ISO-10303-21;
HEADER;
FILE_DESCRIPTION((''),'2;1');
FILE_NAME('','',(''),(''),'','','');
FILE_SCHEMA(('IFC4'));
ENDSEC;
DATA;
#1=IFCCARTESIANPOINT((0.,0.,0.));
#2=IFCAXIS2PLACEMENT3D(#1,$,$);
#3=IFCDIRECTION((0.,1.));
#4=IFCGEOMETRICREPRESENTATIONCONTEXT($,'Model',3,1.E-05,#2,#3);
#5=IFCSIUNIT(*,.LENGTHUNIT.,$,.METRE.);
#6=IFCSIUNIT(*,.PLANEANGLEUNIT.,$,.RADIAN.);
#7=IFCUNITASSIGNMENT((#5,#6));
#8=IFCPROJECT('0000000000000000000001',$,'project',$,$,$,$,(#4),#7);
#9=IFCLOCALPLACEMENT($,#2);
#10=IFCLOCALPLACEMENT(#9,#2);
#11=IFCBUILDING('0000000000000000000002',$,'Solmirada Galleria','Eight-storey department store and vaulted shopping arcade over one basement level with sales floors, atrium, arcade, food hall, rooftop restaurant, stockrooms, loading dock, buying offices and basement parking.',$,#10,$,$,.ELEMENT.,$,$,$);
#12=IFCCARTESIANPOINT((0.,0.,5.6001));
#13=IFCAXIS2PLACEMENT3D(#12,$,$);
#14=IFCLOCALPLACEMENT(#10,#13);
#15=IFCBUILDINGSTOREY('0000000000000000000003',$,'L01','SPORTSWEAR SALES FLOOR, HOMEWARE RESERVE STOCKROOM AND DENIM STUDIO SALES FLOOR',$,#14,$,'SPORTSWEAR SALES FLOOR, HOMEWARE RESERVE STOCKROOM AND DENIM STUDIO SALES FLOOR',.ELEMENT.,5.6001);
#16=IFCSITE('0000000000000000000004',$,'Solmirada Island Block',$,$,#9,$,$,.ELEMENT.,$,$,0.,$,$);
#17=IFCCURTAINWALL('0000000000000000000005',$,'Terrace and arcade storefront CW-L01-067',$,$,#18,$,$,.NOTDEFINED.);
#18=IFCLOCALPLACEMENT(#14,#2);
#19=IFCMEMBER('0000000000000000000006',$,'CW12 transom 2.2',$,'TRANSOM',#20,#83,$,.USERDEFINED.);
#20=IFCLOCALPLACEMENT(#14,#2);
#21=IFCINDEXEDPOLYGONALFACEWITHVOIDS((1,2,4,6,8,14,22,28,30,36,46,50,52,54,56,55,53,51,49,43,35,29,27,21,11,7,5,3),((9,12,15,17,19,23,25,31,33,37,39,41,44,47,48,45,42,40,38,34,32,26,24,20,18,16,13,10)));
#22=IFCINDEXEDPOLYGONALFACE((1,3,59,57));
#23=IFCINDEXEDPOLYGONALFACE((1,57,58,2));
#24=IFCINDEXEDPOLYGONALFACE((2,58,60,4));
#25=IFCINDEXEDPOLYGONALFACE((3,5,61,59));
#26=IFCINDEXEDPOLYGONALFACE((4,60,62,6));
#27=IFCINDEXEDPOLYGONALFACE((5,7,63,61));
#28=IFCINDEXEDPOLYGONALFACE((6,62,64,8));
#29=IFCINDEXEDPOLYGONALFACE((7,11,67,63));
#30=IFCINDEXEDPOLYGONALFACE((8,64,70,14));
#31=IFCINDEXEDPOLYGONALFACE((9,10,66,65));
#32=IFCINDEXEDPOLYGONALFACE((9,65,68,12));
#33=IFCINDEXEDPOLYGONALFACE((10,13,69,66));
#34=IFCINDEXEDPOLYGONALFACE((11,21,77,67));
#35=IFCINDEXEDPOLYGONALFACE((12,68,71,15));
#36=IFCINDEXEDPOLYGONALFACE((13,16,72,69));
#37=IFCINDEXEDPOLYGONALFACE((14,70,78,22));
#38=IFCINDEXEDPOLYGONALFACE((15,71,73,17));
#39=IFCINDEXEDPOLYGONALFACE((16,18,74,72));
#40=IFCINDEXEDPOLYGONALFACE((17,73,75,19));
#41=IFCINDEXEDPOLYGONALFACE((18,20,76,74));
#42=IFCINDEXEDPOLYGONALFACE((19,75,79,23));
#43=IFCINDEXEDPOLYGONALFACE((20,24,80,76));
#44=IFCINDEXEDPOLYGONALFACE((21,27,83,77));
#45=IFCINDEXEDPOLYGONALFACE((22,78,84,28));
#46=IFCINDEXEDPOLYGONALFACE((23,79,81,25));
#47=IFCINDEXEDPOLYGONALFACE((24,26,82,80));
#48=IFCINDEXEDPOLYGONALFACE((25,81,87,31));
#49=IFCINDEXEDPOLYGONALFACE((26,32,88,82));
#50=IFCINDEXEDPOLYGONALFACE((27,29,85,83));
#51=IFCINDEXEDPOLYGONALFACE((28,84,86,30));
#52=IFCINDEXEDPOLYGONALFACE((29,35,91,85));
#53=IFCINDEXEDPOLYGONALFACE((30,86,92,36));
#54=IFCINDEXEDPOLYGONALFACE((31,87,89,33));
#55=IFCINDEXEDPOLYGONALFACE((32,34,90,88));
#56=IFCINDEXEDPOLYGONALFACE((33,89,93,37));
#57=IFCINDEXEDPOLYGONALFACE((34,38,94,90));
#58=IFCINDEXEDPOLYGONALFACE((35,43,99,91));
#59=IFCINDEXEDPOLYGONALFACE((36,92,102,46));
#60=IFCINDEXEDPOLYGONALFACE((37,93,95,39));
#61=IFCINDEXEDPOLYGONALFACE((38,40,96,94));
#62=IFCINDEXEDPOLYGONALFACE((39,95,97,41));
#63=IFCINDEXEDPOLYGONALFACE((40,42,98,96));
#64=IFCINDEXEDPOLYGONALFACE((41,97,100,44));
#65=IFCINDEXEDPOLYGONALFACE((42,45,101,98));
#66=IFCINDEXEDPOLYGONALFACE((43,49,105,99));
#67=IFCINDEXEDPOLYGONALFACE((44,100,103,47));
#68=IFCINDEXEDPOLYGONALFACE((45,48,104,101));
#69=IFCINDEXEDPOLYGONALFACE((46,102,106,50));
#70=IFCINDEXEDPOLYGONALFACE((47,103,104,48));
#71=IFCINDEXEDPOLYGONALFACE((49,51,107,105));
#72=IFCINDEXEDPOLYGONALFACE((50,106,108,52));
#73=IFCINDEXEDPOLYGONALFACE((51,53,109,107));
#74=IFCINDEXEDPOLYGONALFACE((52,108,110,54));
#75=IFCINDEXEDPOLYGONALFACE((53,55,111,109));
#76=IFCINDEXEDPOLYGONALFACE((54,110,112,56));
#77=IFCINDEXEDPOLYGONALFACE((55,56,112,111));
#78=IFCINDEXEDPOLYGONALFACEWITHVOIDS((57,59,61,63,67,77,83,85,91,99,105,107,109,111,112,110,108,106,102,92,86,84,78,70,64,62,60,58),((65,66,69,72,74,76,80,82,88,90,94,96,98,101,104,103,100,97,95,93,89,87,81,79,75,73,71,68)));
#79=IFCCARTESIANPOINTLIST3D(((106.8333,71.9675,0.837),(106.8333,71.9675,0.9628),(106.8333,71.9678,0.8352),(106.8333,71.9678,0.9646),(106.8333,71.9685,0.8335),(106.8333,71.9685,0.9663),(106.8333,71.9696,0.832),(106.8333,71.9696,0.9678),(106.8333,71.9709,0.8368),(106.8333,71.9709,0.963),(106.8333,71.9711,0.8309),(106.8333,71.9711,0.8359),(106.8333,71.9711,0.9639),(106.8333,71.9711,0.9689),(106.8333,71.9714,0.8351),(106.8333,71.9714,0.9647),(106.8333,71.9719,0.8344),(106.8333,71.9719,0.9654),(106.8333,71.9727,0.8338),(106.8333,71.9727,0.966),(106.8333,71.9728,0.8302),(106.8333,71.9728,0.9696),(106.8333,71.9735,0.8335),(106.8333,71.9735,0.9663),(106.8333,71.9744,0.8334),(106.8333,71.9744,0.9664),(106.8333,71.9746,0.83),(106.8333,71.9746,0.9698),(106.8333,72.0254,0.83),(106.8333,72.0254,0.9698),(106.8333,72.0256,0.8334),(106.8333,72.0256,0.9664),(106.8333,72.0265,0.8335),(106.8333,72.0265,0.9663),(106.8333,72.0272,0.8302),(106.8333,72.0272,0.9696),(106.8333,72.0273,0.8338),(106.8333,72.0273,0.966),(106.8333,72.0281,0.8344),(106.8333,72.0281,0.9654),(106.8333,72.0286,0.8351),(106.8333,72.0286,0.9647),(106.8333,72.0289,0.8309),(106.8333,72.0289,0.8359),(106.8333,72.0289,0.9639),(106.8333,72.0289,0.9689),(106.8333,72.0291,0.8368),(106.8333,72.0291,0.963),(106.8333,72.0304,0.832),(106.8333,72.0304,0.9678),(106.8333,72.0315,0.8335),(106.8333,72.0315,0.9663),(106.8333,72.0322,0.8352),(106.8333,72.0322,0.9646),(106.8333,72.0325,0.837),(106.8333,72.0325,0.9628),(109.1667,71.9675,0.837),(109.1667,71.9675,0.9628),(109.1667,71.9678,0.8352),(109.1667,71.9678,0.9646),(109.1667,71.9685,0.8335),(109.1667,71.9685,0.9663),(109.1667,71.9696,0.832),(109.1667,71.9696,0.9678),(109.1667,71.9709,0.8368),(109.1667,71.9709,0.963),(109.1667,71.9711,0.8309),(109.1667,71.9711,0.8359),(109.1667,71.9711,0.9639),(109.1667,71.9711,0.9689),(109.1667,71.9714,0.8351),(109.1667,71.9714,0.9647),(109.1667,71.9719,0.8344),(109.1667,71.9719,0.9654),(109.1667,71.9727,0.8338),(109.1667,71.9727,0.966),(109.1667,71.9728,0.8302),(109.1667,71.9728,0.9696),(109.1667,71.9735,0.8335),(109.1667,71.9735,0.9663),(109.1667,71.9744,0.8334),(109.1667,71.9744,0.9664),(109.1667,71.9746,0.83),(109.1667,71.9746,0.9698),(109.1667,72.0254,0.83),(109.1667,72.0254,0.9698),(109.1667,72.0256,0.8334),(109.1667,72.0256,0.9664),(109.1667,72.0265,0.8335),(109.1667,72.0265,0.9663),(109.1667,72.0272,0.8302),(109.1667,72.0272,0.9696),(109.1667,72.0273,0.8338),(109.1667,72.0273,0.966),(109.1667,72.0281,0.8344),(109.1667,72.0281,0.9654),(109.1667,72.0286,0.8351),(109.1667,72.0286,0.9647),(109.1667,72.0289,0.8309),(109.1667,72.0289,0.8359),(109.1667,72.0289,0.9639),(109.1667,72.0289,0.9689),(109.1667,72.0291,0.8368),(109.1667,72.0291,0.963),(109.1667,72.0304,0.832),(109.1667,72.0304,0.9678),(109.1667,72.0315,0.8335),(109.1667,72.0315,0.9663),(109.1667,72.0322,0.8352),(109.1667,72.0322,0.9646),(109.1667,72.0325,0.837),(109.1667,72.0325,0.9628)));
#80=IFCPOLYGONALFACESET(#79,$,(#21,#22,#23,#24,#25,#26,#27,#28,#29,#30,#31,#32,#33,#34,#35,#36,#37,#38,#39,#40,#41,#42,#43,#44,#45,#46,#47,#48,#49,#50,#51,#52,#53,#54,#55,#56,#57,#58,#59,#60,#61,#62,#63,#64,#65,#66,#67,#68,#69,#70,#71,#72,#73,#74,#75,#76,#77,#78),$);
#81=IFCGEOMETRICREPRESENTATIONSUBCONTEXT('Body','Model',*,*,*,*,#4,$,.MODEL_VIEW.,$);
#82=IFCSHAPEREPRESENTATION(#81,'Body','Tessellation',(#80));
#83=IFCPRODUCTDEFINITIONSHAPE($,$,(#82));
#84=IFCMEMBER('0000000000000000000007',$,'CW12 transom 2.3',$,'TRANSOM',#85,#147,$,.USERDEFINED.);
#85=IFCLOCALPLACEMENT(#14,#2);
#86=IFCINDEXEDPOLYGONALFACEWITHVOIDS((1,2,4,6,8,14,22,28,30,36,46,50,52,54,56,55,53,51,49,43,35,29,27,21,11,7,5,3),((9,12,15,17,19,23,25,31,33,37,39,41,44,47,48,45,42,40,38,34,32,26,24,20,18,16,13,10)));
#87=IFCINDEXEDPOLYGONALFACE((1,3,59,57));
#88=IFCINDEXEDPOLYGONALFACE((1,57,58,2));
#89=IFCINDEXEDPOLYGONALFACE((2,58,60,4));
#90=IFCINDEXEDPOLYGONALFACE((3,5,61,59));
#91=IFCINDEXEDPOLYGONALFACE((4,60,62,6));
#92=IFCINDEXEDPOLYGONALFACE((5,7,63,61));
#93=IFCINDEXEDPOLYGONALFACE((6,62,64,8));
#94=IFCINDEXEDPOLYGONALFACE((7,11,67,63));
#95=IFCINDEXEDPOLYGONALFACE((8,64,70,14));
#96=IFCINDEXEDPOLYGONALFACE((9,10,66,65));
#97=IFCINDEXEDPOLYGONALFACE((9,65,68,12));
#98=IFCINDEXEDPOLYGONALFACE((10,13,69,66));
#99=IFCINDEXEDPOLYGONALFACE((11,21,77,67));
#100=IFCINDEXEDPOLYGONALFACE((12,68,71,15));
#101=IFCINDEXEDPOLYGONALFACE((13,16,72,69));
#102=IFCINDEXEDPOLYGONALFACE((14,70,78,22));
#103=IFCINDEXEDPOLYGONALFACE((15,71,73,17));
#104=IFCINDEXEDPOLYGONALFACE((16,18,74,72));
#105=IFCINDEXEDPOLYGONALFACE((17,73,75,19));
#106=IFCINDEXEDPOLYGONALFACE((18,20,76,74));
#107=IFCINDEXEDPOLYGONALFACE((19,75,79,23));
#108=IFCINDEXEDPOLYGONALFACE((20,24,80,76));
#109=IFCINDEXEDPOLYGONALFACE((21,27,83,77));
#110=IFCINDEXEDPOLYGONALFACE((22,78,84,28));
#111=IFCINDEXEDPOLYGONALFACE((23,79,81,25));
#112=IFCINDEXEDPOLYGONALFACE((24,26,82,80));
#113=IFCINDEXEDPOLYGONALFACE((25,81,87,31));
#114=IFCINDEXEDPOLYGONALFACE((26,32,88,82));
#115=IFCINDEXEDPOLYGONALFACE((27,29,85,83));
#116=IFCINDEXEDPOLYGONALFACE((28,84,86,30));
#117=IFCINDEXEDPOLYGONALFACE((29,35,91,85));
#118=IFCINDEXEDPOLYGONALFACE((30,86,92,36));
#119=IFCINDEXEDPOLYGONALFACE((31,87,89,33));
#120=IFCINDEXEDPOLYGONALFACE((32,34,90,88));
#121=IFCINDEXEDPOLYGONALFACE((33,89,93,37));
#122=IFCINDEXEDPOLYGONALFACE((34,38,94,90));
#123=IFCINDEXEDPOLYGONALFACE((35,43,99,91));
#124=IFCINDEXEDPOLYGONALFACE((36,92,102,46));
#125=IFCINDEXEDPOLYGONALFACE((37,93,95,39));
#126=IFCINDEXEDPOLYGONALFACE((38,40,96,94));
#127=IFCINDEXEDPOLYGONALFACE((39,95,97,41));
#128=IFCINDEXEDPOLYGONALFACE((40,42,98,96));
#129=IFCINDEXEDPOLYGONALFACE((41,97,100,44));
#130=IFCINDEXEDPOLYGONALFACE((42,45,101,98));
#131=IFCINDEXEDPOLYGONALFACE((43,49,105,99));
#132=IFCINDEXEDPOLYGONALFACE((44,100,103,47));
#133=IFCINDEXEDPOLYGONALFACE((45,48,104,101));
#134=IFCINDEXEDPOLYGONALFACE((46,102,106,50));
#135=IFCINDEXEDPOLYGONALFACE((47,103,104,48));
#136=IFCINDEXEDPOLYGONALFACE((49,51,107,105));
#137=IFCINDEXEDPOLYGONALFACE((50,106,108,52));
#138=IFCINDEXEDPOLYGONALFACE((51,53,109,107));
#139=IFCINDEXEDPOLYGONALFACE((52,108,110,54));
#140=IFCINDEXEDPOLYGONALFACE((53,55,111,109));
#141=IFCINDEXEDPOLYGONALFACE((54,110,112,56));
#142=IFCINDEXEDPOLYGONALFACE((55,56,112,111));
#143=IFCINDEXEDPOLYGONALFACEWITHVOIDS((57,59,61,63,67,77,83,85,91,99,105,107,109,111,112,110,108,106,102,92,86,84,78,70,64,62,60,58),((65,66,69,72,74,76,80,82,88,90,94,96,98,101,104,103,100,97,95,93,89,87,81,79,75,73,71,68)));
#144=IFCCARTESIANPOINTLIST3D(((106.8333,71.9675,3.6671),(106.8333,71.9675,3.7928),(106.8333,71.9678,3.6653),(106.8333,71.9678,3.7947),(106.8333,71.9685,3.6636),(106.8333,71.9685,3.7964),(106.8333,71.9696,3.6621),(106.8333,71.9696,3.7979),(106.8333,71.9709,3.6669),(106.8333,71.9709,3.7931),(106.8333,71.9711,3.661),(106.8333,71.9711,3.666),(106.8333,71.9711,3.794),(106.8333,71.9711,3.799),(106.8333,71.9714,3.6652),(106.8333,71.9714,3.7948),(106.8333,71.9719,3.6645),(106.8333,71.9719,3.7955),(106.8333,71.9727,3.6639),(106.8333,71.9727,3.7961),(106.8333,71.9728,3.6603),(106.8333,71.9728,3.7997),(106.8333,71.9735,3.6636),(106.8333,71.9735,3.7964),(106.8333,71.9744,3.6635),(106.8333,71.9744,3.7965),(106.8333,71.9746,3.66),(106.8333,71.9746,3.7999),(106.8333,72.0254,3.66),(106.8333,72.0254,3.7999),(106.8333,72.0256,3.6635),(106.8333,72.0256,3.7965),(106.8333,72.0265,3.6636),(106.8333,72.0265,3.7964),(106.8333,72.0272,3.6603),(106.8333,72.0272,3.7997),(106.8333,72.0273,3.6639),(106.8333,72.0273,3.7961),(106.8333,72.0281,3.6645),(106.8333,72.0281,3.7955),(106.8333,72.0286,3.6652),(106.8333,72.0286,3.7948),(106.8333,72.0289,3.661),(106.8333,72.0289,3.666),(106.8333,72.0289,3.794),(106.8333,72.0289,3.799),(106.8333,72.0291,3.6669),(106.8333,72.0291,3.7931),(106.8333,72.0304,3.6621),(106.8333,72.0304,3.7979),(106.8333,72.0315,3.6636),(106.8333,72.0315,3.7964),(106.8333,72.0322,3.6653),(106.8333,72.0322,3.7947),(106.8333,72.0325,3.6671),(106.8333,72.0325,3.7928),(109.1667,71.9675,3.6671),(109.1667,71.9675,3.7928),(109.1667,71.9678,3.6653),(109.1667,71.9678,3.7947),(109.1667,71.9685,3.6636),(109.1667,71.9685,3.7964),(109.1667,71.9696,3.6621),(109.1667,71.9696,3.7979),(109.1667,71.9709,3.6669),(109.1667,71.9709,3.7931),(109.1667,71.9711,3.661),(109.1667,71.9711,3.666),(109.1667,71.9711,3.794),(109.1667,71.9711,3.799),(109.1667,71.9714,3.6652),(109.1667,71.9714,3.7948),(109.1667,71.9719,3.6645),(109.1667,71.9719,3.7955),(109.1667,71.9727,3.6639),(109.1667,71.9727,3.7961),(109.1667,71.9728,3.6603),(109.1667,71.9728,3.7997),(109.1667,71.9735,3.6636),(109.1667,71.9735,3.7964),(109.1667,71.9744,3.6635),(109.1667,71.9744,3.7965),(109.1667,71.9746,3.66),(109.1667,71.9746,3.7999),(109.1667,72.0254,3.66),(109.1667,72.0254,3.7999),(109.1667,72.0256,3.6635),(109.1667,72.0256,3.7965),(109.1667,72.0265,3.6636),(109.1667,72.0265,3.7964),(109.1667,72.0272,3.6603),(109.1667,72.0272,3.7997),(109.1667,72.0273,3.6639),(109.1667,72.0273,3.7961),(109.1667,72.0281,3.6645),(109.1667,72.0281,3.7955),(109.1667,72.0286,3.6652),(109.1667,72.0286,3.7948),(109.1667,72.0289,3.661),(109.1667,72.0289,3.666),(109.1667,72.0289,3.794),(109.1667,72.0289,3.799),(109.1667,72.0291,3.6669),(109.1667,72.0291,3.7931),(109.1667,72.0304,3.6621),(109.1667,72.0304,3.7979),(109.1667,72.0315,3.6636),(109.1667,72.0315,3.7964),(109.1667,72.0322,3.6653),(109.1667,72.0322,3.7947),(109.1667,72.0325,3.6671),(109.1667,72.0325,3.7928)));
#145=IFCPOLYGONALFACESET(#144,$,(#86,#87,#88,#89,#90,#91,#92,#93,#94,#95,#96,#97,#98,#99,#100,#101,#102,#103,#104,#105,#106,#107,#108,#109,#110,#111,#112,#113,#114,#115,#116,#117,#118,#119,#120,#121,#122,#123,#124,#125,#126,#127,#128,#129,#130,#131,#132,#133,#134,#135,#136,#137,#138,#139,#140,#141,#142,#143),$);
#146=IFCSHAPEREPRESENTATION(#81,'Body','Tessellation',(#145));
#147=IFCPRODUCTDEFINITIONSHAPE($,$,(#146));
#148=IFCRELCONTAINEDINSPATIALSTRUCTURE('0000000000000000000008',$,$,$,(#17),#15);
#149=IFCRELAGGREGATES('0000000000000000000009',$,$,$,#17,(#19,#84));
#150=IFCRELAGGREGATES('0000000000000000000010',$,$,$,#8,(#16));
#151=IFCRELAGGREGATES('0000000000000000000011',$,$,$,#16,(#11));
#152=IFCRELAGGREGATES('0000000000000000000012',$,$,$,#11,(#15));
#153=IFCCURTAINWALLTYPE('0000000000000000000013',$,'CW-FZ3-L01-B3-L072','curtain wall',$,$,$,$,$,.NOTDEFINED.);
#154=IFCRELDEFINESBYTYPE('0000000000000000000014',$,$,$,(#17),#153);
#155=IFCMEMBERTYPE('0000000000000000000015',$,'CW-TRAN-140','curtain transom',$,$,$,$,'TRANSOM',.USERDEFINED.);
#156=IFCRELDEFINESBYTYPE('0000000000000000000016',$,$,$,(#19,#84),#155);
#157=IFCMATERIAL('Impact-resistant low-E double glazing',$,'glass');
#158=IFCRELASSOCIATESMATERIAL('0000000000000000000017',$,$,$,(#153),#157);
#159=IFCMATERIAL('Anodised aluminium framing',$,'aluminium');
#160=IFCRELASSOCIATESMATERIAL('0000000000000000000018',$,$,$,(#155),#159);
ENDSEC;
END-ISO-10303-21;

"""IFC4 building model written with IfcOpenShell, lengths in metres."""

from ifc_helpers import new_model, si_unit, direction, frame, origin, origin_2d, place, context, subcontext, project, spatial, hollow_rectangle, extrude, material, material_profile, profile_set, type_object, element, aggregate, save


model = new_model("IFC4")

# Units and contexts
model_context = context("Model", 3, precision=1e-05, world=origin(), true_north=direction((0.0, 1.0)))
body_context = subcontext(model_context, "Body", "Model", "MODEL_VIEW")
ifc_project = project(units=[si_unit("LENGTHUNIT", "METRE"), si_unit("PLANEANGLEUNIT", "RADIAN")], contexts=[model_context])

# Site, building, storey
site_placement = place(None, origin())
site = spatial("IfcSite", under=ifc_project, at=site_placement, Name="Solmirada Island Block", CompositionType="ELEMENT", RefElevation=0.0)
building_placement = place(site_placement, origin())
building = spatial("IfcBuilding", under=site, at=building_placement, Name="Solmirada Galleria", Description="Eight-storey department store and vaulted shopping arcade over one basement level with sales floors, atrium, arcade, food hall, rooftop restaurant, stockrooms, loading dock, buying offices and basement parking.", CompositionType="ELEMENT")
storey_placement = place(building_placement, frame((0.0, 0.0, 5.6001)))
storey = spatial("IfcBuildingStorey", under=building, at=storey_placement, Name="L01", Description="SPORTSWEAR SALES FLOOR, HOMEWARE RESERVE STOCKROOM AND DENIM STUDIO SALES FLOOR", LongName="SPORTSWEAR SALES FLOOR, HOMEWARE RESERVE STOCKROOM AND DENIM STUDIO SALES FLOOR", CompositionType="ELEMENT", Elevation=5.6001)

# Curtain wall, members
ifc_material_1 = material(Name="Impact-resistant low-E double glazing", Category="glass")
curtain_wall_type = type_object("IfcCurtainWallType", Name="CW-FZ3-L01-B3-L072", Description="curtain wall", PredefinedType="NOTDEFINED", material=ifc_material_1)
curtain_wall_1_placement = place(storey_placement, origin())
curtain_wall_1 = element("IfcCurtainWall", 1, at=curtain_wall_1_placement, inside=storey, type_object=curtain_wall_type, Name="Terrace and arcade storefront CW-L01-067", PredefinedType="NOTDEFINED")
ifc_material_2 = material(Name="Anodised aluminium framing", Category="aluminium")
ifc_material_profile_1 = material_profile(ifc_material_2, hollow_rectangle(XDim=0.0649, YDim=0.1399, WallThickness=0.0034, InnerFilletRadius=0.0034, OuterFilletRadius=0.0071, at=origin_2d()), Name="ALU-TRAN-140X65")
ifc_profile_set_1 = profile_set([ifc_material_profile_1], Name="Anodised aluminium framing")
member_type_1 = type_object("IfcMemberType", Name="CW-TRAN-140", Description="curtain transom", ElementType="TRANSOM", PredefinedType="USERDEFINED", material=ifc_profile_set_1)
member_1_placement = place(storey_placement, frame((106.8333, 72.0, 0.8999), z_axis=(1.0, 0.0, 0.0), x_axis=(0.0, 1.0, 0.0)))
member_1 = element("IfcMember", 2, at=member_1_placement, type_object=member_type_1, Name="CW12 transom 2.2", ObjectType="TRANSOM", PredefinedType="USERDEFINED", context=body_context, shape_type="SweptSolid", body=[
    extrude(hollow_rectangle(XDim=0.0649, YDim=0.1399, WallThickness=0.0034, InnerFilletRadius=0.0034, OuterFilletRadius=0.0071, at=origin_2d()), origin(), (0.0, 0.0, 1.0), 2.3335),
])
member_2_placement = place(storey_placement, frame((106.8333, 72.0, 3.73), z_axis=(1.0, 0.0, 0.0), x_axis=(0.0, 1.0, 0.0)))
member_2 = element("IfcMember", 3, at=member_2_placement, type_object=member_type_1, Name="CW12 transom 2.3", ObjectType="TRANSOM", PredefinedType="USERDEFINED", context=body_context, shape_type="SweptSolid", body=[
    extrude(hollow_rectangle(XDim=0.0649, YDim=0.1399, WallThickness=0.0034, InnerFilletRadius=0.0034, OuterFilletRadius=0.0071, at=origin_2d()), origin(), (0.0, 0.0, 1.0), 2.3335),
])

aggregate(curtain_wall_1, [member_1, member_2])

save(model, "model.ifc")
